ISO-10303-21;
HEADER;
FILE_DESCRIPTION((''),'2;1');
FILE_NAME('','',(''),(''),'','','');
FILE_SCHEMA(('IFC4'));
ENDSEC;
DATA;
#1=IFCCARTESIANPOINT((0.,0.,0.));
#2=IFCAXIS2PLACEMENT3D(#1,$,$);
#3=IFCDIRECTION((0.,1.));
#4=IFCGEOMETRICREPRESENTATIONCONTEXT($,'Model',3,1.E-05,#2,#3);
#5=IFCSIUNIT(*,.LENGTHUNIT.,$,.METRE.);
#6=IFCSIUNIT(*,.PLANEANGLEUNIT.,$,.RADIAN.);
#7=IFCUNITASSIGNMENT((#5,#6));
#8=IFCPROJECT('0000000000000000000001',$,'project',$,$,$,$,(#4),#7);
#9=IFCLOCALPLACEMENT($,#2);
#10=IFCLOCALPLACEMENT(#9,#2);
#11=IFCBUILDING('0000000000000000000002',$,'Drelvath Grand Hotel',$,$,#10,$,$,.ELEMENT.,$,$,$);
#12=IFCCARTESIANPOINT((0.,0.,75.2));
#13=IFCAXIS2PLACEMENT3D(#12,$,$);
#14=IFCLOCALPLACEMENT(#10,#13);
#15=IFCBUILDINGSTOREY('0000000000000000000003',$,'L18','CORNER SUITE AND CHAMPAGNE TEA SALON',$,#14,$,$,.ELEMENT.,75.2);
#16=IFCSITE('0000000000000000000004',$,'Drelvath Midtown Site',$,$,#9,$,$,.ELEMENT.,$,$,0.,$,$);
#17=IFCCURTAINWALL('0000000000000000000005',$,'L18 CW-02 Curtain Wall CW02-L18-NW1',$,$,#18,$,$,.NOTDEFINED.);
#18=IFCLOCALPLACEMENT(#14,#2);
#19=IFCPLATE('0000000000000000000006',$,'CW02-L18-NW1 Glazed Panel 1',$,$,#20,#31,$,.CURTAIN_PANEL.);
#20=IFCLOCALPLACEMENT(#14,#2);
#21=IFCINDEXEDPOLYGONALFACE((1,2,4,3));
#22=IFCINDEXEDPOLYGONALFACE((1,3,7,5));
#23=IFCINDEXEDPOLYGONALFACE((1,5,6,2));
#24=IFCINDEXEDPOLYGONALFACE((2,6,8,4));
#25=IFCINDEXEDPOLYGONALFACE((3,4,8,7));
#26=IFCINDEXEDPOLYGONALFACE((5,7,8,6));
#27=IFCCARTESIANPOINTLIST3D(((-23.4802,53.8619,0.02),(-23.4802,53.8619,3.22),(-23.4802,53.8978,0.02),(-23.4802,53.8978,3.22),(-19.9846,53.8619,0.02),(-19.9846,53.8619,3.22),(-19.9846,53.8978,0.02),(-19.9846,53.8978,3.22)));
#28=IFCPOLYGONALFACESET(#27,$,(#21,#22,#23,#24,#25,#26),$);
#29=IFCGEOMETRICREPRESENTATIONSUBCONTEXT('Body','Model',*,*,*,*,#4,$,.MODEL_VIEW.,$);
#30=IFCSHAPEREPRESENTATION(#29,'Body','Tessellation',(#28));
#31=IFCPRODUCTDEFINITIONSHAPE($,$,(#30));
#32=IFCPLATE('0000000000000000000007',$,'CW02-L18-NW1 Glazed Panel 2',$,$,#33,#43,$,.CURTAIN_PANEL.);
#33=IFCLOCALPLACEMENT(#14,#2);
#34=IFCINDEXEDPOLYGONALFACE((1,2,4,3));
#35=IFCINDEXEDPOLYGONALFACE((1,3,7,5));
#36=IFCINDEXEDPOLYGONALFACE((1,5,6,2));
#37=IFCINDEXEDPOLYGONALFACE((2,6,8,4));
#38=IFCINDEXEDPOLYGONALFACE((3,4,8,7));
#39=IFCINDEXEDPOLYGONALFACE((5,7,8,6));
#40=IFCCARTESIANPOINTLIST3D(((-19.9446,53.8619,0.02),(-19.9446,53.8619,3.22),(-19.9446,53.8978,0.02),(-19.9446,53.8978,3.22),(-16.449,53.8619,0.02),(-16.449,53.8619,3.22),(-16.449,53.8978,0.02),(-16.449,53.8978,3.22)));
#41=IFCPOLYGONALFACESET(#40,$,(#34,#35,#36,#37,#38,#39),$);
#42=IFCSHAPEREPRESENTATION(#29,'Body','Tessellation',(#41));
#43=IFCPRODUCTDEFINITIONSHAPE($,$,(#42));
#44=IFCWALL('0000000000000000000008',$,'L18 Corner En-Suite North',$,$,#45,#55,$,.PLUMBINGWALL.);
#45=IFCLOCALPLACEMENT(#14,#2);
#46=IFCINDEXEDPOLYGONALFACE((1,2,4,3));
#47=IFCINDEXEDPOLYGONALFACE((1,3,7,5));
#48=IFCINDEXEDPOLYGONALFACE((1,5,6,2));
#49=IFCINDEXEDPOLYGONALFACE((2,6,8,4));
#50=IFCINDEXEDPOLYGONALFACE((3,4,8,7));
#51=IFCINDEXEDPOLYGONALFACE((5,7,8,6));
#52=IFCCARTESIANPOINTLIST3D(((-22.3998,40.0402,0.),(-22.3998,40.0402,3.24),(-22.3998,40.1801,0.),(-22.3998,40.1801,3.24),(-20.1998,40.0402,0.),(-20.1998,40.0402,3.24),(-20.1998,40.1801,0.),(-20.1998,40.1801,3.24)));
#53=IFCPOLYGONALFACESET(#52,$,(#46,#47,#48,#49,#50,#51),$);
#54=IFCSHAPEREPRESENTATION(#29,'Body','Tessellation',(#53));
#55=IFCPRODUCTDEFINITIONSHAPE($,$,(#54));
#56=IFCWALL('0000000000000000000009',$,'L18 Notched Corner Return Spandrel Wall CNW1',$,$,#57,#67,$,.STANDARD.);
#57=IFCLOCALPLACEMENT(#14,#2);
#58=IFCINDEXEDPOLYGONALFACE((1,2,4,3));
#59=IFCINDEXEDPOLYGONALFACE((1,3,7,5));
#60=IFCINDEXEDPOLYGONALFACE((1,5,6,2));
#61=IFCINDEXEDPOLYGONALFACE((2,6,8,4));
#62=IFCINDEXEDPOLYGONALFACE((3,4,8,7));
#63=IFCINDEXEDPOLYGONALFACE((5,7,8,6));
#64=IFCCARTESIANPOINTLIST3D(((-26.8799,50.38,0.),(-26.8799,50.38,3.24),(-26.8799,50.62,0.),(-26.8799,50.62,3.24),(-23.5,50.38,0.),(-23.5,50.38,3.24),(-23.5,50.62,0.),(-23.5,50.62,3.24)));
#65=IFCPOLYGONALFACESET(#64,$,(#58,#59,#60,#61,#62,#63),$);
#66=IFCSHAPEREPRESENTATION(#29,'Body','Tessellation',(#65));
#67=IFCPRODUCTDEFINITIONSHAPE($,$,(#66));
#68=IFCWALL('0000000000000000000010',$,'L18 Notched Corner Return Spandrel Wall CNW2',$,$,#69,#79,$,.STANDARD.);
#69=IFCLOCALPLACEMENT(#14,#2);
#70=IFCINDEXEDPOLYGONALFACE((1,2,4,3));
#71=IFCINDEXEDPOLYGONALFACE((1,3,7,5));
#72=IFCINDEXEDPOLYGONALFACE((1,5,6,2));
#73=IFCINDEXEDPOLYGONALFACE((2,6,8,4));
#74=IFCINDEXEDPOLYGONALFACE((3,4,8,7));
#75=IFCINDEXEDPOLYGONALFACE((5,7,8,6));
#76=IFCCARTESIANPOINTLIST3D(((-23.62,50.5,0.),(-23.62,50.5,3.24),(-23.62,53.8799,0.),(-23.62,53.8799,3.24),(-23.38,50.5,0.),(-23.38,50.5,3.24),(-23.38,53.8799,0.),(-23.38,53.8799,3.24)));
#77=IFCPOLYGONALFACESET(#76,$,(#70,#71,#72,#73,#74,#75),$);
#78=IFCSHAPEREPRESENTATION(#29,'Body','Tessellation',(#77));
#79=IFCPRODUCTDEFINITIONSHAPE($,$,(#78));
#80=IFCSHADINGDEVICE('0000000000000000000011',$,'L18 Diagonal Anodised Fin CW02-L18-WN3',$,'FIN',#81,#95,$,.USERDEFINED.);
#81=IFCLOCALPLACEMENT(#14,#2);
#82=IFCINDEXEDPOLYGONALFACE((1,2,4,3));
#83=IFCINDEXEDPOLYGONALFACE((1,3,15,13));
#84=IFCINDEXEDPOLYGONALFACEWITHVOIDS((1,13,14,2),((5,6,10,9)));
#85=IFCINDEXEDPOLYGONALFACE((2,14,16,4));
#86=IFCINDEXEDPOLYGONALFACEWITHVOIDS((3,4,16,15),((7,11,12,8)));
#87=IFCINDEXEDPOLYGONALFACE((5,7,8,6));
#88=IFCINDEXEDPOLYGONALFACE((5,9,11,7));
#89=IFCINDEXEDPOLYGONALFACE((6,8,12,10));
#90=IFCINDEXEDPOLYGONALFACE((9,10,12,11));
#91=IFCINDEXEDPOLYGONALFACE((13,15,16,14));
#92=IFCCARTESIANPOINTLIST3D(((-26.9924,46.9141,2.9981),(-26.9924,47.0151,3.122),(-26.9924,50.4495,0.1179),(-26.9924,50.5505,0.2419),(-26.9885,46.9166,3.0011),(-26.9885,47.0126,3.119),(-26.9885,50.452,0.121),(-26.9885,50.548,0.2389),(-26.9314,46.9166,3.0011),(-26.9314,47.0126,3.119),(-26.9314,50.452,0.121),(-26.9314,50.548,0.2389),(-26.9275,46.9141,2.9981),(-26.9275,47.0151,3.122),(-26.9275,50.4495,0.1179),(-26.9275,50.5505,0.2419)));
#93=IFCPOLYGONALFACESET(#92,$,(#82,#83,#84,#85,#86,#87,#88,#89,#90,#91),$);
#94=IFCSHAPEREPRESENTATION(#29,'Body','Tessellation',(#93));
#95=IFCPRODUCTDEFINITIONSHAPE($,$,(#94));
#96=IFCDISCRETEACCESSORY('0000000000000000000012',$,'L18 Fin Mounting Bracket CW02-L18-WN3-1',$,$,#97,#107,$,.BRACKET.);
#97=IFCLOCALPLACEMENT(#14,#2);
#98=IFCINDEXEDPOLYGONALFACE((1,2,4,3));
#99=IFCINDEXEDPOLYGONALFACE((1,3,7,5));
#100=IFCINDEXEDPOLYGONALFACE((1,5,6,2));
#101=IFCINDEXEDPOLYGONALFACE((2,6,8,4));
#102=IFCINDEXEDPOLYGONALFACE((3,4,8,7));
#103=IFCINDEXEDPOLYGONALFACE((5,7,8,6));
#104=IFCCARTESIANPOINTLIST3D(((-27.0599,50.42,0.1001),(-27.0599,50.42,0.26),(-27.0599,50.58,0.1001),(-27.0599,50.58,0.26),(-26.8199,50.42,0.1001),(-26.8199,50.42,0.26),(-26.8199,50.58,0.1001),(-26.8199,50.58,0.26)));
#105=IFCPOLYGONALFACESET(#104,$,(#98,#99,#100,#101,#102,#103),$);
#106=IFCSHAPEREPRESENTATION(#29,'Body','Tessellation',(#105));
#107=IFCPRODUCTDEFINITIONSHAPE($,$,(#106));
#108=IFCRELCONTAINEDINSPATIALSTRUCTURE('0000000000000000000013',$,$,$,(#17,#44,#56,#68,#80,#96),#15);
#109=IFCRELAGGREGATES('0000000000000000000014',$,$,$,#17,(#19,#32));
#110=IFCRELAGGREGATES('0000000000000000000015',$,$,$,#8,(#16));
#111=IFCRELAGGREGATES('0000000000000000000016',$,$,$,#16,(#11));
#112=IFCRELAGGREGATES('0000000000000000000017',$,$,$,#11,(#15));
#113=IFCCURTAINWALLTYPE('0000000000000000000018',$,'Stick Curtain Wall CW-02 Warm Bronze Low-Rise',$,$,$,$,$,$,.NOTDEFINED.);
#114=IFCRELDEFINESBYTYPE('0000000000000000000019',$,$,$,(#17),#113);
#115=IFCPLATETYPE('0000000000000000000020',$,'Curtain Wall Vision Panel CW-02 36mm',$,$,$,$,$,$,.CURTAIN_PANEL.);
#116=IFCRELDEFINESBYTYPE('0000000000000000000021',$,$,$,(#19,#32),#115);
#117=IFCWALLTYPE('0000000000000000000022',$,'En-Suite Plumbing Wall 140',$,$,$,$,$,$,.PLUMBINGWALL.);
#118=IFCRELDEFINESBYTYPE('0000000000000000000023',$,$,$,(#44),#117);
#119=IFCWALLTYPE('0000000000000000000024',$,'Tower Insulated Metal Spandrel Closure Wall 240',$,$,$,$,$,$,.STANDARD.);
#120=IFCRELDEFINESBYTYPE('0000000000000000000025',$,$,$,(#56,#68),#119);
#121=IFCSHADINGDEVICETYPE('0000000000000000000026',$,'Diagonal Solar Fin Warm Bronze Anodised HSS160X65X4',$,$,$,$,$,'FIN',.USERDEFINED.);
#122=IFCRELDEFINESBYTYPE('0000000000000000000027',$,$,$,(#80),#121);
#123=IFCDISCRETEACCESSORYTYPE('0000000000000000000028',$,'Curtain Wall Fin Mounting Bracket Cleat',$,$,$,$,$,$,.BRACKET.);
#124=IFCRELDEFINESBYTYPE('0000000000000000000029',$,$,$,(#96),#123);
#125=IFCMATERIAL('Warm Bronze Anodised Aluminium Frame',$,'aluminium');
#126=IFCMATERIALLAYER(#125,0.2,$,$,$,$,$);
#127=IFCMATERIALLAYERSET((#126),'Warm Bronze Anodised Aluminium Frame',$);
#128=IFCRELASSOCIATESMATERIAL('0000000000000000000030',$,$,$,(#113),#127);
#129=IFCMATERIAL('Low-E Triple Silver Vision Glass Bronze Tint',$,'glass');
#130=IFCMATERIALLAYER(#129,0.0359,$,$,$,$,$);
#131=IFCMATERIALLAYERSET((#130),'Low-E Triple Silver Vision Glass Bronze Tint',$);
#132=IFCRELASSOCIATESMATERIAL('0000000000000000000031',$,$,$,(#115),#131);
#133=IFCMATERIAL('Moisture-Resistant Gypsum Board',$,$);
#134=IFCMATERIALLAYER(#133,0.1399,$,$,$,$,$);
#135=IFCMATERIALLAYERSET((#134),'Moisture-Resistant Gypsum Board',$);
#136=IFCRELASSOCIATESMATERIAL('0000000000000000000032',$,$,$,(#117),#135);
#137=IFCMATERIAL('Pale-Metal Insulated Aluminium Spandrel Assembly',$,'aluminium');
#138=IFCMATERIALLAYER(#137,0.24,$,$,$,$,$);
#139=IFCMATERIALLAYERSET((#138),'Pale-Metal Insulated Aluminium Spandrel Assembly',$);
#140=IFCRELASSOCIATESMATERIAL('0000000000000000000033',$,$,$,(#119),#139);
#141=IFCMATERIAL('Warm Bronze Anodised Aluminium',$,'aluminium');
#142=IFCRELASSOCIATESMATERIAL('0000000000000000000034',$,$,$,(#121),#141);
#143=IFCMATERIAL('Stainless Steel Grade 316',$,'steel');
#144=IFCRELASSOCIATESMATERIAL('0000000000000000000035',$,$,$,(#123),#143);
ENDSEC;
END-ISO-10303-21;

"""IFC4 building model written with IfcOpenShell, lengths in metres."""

from ifc_helpers import new_model, si_unit, direction, frame, frame_2d, origin, origin_2d, place, context, subcontext, project, spatial, rectangle, hollow_rectangle, extrude, material, layer, layer_set, material_profile, profile_set, type_object, element, aggregate, save


model = new_model("IFC4")

# Units and contexts
model_context = context("Model", 3, precision=1e-05, world=origin(), true_north=direction((0.0, 1.0)))
body_context = subcontext(model_context, "Body", "Model", "MODEL_VIEW")
ifc_project = project(units=[si_unit("LENGTHUNIT", "METRE"), si_unit("PLANEANGLEUNIT", "RADIAN")], contexts=[model_context])

# Site, building, storey
site_placement = place(None, origin())
site = spatial("IfcSite", under=ifc_project, at=site_placement, Name="Drelvath Midtown Site", CompositionType="ELEMENT", RefElevation=0.0)
building_placement = place(site_placement, origin())
building = spatial("IfcBuilding", under=site, at=building_placement, Name="Drelvath Grand Hotel", CompositionType="ELEMENT")
storey_placement = place(building_placement, frame((0.0, 0.0, 75.2)))
storey = spatial("IfcBuildingStorey", under=building, at=storey_placement, Name="L18", Description="CORNER SUITE AND CHAMPAGNE TEA SALON", CompositionType="ELEMENT", Elevation=75.2)

# Curtain wall
ifc_material_1 = material(Name="Warm Bronze Anodised Aluminium Frame", Category="aluminium")
ifc_layer_1 = layer(ifc_material_1, 0.2)
ifc_layer_set_1 = layer_set([ifc_layer_1], Name="Warm Bronze Anodised Aluminium Frame")
curtain_wall_type = type_object("IfcCurtainWallType", Name="Stick Curtain Wall CW-02 Warm Bronze Low-Rise", PredefinedType="NOTDEFINED", material=ifc_layer_set_1)
curtain_wall_1_placement = place(storey_placement, origin())
curtain_wall_1 = element("IfcCurtainWall", 1, at=curtain_wall_1_placement, inside=storey, type_object=curtain_wall_type, Name="L18 CW-02 Curtain Wall CW02-L18-NW1", PredefinedType="NOTDEFINED")

# Plates
ifc_material_2 = material(Name="Low-E Triple Silver Vision Glass Bronze Tint", Category="glass")
ifc_layer_2 = layer(ifc_material_2, 0.0359)
ifc_layer_set_2 = layer_set([ifc_layer_2], Name="Low-E Triple Silver Vision Glass Bronze Tint")
plate_type = type_object("IfcPlateType", Name="Curtain Wall Vision Panel CW-02 36mm", PredefinedType="CURTAIN_PANEL", material=ifc_layer_set_2)
plate_1_placement = place(storey_placement, frame((-21.7324, 53.8799, 0.02), z_axis=(0.0, 0.0, 1.0), x_axis=(1.0, 0.0, 0.0)))
plate_1 = element("IfcPlate", 2, at=plate_1_placement, type_object=plate_type, Name="CW02-L18-NW1 Glazed Panel 1", PredefinedType="CURTAIN_PANEL", context=body_context, shape_type="SweptSolid", body=[
    extrude(rectangle(XDim=3.4956, YDim=0.0359, at=origin_2d()), origin(), (0.0, 0.0, 1.0), 3.2),
])
plate_2_placement = place(storey_placement, frame((-18.1968, 53.8799, 0.02), z_axis=(0.0, 0.0, 1.0), x_axis=(1.0, 0.0, 0.0)))
plate_2 = element("IfcPlate", 3, at=plate_2_placement, type_object=plate_type, Name="CW02-L18-NW1 Glazed Panel 2", PredefinedType="CURTAIN_PANEL", context=body_context, shape_type="SweptSolid", body=[
    extrude(rectangle(XDim=3.4956, YDim=0.0359, at=origin_2d()), origin(), (0.0, 0.0, 1.0), 3.2),
])
aggregate(curtain_wall_1, [plate_1, plate_2])

# Walls
ifc_material_3 = material(Name="Moisture-Resistant Gypsum Board")
ifc_layer_3 = layer(ifc_material_3, 0.1399)
ifc_layer_set_3 = layer_set([ifc_layer_3], Name="Moisture-Resistant Gypsum Board")
wall_type_1 = type_object("IfcWallType", Name="En-Suite Plumbing Wall 140", PredefinedType="PLUMBINGWALL", material=ifc_layer_set_3)
wall_placement = place(storey_placement, frame((-22.3999, 40.1101, 0.0), z_axis=(0.0, 0.0, 1.0), x_axis=(1.0, 0.0, 0.0)))
element("IfcWall", 4, at=wall_placement, inside=storey, type_object=wall_type_1, Name="L18 Corner En-Suite North", PredefinedType="PLUMBINGWALL", context=body_context, shape_type="SweptSolid", body=[
    extrude(rectangle(XDim=2.2, YDim=0.1399, at=frame_2d((1.1001, 0.0))), origin(), (0.0, 0.0, 1.0), 3.24),
])
ifc_material_4 = material(Name="Pale-Metal Insulated Aluminium Spandrel Assembly", Category="aluminium")
ifc_layer_4 = layer(ifc_material_4, 0.24)
ifc_layer_set_4 = layer_set([ifc_layer_4], Name="Pale-Metal Insulated Aluminium Spandrel Assembly")
wall_type_2 = type_object("IfcWallType", Name="Tower Insulated Metal Spandrel Closure Wall 240", PredefinedType="STANDARD", material=ifc_layer_set_4)
for number, where, z_axis, x_axis, name in (
    (5, (-26.8799, 50.5, 0.0), (0.0, 0.0, 1.0), (1.0, 0.0, 0.0), "L18 Notched Corner Return Spandrel Wall CNW1"),
    (6, (-23.5, 50.5, 0.0), (0.0, 0.0, 1.0), (0.0, 1.0, 0.0), "L18 Notched Corner Return Spandrel Wall CNW2"),
):
    element("IfcWall", number, at=place(storey_placement, frame(where, z_axis=z_axis, x_axis=x_axis)), inside=storey, type_object=wall_type_2, Name=name, PredefinedType="STANDARD", context=body_context, shape_type="SweptSolid", body=[
        extrude(rectangle(XDim=3.3799, YDim=0.24, at=frame_2d((1.6899, 0.0))), origin(), (0.0, 0.0, 1.0), 3.24),
    ])

# Shading device
ifc_material_5 = material(Name="Warm Bronze Anodised Aluminium", Category="aluminium")
ifc_material_profile_1 = material_profile(ifc_material_5, hollow_rectangle(XDim=0.0649, YDim=0.1599, WallThickness=0.0039, at=origin_2d()), Name="HSS160X65X4")
ifc_profile_set_1 = profile_set([ifc_material_profile_1], Name="Warm Bronze Anodised Aluminium")
shading_device_type = type_object("IfcShadingDeviceType", Name="Diagonal Solar Fin Warm Bronze Anodised HSS160X65X4", ElementType="FIN", PredefinedType="USERDEFINED", material=ifc_profile_set_1)
shading_device_placement = place(storey_placement, frame((-26.96, 50.5, 0.1799), z_axis=(0.0, -0.775296, 0.631598), x_axis=(1.0, 0.0, 0.0)))
element("IfcShadingDevice", 7, at=shading_device_placement, inside=storey, type_object=shading_device_type, Name="L18 Diagonal Anodised Fin CW02-L18-WN3", ObjectType="FIN", PredefinedType="USERDEFINED", context=body_context, shape_type="SweptSolid", body=[
    extrude(hollow_rectangle(XDim=0.0649, YDim=0.1599, WallThickness=0.0039, at=origin_2d()), origin(), (0.0, 0.0, 1.0), 4.5601),
])

# Discrete accessory
ifc_material_6 = material(Name="Stainless Steel Grade 316", Category="steel")
discrete_accessory_type = type_object("IfcDiscreteAccessoryType", Name="Curtain Wall Fin Mounting Bracket Cleat", PredefinedType="BRACKET", material=ifc_material_6)
discrete_accessory_placement = place(storey_placement, frame((-26.9399, 50.5, 0.1001), z_axis=(0.0, 0.0, 1.0), x_axis=(0.0, 1.0, 0.0)))
element("IfcDiscreteAccessory", 8, at=discrete_accessory_placement, inside=storey, type_object=discrete_accessory_type, Name="L18 Fin Mounting Bracket CW02-L18-WN3-1", PredefinedType="BRACKET", context=body_context, shape_type="SweptSolid", body=[
    extrude(rectangle(XDim=0.1599, YDim=0.24, at=origin_2d()), origin(), (0.0, 0.0, 1.0), 0.1599),
])

save(model, "model.ifc")
